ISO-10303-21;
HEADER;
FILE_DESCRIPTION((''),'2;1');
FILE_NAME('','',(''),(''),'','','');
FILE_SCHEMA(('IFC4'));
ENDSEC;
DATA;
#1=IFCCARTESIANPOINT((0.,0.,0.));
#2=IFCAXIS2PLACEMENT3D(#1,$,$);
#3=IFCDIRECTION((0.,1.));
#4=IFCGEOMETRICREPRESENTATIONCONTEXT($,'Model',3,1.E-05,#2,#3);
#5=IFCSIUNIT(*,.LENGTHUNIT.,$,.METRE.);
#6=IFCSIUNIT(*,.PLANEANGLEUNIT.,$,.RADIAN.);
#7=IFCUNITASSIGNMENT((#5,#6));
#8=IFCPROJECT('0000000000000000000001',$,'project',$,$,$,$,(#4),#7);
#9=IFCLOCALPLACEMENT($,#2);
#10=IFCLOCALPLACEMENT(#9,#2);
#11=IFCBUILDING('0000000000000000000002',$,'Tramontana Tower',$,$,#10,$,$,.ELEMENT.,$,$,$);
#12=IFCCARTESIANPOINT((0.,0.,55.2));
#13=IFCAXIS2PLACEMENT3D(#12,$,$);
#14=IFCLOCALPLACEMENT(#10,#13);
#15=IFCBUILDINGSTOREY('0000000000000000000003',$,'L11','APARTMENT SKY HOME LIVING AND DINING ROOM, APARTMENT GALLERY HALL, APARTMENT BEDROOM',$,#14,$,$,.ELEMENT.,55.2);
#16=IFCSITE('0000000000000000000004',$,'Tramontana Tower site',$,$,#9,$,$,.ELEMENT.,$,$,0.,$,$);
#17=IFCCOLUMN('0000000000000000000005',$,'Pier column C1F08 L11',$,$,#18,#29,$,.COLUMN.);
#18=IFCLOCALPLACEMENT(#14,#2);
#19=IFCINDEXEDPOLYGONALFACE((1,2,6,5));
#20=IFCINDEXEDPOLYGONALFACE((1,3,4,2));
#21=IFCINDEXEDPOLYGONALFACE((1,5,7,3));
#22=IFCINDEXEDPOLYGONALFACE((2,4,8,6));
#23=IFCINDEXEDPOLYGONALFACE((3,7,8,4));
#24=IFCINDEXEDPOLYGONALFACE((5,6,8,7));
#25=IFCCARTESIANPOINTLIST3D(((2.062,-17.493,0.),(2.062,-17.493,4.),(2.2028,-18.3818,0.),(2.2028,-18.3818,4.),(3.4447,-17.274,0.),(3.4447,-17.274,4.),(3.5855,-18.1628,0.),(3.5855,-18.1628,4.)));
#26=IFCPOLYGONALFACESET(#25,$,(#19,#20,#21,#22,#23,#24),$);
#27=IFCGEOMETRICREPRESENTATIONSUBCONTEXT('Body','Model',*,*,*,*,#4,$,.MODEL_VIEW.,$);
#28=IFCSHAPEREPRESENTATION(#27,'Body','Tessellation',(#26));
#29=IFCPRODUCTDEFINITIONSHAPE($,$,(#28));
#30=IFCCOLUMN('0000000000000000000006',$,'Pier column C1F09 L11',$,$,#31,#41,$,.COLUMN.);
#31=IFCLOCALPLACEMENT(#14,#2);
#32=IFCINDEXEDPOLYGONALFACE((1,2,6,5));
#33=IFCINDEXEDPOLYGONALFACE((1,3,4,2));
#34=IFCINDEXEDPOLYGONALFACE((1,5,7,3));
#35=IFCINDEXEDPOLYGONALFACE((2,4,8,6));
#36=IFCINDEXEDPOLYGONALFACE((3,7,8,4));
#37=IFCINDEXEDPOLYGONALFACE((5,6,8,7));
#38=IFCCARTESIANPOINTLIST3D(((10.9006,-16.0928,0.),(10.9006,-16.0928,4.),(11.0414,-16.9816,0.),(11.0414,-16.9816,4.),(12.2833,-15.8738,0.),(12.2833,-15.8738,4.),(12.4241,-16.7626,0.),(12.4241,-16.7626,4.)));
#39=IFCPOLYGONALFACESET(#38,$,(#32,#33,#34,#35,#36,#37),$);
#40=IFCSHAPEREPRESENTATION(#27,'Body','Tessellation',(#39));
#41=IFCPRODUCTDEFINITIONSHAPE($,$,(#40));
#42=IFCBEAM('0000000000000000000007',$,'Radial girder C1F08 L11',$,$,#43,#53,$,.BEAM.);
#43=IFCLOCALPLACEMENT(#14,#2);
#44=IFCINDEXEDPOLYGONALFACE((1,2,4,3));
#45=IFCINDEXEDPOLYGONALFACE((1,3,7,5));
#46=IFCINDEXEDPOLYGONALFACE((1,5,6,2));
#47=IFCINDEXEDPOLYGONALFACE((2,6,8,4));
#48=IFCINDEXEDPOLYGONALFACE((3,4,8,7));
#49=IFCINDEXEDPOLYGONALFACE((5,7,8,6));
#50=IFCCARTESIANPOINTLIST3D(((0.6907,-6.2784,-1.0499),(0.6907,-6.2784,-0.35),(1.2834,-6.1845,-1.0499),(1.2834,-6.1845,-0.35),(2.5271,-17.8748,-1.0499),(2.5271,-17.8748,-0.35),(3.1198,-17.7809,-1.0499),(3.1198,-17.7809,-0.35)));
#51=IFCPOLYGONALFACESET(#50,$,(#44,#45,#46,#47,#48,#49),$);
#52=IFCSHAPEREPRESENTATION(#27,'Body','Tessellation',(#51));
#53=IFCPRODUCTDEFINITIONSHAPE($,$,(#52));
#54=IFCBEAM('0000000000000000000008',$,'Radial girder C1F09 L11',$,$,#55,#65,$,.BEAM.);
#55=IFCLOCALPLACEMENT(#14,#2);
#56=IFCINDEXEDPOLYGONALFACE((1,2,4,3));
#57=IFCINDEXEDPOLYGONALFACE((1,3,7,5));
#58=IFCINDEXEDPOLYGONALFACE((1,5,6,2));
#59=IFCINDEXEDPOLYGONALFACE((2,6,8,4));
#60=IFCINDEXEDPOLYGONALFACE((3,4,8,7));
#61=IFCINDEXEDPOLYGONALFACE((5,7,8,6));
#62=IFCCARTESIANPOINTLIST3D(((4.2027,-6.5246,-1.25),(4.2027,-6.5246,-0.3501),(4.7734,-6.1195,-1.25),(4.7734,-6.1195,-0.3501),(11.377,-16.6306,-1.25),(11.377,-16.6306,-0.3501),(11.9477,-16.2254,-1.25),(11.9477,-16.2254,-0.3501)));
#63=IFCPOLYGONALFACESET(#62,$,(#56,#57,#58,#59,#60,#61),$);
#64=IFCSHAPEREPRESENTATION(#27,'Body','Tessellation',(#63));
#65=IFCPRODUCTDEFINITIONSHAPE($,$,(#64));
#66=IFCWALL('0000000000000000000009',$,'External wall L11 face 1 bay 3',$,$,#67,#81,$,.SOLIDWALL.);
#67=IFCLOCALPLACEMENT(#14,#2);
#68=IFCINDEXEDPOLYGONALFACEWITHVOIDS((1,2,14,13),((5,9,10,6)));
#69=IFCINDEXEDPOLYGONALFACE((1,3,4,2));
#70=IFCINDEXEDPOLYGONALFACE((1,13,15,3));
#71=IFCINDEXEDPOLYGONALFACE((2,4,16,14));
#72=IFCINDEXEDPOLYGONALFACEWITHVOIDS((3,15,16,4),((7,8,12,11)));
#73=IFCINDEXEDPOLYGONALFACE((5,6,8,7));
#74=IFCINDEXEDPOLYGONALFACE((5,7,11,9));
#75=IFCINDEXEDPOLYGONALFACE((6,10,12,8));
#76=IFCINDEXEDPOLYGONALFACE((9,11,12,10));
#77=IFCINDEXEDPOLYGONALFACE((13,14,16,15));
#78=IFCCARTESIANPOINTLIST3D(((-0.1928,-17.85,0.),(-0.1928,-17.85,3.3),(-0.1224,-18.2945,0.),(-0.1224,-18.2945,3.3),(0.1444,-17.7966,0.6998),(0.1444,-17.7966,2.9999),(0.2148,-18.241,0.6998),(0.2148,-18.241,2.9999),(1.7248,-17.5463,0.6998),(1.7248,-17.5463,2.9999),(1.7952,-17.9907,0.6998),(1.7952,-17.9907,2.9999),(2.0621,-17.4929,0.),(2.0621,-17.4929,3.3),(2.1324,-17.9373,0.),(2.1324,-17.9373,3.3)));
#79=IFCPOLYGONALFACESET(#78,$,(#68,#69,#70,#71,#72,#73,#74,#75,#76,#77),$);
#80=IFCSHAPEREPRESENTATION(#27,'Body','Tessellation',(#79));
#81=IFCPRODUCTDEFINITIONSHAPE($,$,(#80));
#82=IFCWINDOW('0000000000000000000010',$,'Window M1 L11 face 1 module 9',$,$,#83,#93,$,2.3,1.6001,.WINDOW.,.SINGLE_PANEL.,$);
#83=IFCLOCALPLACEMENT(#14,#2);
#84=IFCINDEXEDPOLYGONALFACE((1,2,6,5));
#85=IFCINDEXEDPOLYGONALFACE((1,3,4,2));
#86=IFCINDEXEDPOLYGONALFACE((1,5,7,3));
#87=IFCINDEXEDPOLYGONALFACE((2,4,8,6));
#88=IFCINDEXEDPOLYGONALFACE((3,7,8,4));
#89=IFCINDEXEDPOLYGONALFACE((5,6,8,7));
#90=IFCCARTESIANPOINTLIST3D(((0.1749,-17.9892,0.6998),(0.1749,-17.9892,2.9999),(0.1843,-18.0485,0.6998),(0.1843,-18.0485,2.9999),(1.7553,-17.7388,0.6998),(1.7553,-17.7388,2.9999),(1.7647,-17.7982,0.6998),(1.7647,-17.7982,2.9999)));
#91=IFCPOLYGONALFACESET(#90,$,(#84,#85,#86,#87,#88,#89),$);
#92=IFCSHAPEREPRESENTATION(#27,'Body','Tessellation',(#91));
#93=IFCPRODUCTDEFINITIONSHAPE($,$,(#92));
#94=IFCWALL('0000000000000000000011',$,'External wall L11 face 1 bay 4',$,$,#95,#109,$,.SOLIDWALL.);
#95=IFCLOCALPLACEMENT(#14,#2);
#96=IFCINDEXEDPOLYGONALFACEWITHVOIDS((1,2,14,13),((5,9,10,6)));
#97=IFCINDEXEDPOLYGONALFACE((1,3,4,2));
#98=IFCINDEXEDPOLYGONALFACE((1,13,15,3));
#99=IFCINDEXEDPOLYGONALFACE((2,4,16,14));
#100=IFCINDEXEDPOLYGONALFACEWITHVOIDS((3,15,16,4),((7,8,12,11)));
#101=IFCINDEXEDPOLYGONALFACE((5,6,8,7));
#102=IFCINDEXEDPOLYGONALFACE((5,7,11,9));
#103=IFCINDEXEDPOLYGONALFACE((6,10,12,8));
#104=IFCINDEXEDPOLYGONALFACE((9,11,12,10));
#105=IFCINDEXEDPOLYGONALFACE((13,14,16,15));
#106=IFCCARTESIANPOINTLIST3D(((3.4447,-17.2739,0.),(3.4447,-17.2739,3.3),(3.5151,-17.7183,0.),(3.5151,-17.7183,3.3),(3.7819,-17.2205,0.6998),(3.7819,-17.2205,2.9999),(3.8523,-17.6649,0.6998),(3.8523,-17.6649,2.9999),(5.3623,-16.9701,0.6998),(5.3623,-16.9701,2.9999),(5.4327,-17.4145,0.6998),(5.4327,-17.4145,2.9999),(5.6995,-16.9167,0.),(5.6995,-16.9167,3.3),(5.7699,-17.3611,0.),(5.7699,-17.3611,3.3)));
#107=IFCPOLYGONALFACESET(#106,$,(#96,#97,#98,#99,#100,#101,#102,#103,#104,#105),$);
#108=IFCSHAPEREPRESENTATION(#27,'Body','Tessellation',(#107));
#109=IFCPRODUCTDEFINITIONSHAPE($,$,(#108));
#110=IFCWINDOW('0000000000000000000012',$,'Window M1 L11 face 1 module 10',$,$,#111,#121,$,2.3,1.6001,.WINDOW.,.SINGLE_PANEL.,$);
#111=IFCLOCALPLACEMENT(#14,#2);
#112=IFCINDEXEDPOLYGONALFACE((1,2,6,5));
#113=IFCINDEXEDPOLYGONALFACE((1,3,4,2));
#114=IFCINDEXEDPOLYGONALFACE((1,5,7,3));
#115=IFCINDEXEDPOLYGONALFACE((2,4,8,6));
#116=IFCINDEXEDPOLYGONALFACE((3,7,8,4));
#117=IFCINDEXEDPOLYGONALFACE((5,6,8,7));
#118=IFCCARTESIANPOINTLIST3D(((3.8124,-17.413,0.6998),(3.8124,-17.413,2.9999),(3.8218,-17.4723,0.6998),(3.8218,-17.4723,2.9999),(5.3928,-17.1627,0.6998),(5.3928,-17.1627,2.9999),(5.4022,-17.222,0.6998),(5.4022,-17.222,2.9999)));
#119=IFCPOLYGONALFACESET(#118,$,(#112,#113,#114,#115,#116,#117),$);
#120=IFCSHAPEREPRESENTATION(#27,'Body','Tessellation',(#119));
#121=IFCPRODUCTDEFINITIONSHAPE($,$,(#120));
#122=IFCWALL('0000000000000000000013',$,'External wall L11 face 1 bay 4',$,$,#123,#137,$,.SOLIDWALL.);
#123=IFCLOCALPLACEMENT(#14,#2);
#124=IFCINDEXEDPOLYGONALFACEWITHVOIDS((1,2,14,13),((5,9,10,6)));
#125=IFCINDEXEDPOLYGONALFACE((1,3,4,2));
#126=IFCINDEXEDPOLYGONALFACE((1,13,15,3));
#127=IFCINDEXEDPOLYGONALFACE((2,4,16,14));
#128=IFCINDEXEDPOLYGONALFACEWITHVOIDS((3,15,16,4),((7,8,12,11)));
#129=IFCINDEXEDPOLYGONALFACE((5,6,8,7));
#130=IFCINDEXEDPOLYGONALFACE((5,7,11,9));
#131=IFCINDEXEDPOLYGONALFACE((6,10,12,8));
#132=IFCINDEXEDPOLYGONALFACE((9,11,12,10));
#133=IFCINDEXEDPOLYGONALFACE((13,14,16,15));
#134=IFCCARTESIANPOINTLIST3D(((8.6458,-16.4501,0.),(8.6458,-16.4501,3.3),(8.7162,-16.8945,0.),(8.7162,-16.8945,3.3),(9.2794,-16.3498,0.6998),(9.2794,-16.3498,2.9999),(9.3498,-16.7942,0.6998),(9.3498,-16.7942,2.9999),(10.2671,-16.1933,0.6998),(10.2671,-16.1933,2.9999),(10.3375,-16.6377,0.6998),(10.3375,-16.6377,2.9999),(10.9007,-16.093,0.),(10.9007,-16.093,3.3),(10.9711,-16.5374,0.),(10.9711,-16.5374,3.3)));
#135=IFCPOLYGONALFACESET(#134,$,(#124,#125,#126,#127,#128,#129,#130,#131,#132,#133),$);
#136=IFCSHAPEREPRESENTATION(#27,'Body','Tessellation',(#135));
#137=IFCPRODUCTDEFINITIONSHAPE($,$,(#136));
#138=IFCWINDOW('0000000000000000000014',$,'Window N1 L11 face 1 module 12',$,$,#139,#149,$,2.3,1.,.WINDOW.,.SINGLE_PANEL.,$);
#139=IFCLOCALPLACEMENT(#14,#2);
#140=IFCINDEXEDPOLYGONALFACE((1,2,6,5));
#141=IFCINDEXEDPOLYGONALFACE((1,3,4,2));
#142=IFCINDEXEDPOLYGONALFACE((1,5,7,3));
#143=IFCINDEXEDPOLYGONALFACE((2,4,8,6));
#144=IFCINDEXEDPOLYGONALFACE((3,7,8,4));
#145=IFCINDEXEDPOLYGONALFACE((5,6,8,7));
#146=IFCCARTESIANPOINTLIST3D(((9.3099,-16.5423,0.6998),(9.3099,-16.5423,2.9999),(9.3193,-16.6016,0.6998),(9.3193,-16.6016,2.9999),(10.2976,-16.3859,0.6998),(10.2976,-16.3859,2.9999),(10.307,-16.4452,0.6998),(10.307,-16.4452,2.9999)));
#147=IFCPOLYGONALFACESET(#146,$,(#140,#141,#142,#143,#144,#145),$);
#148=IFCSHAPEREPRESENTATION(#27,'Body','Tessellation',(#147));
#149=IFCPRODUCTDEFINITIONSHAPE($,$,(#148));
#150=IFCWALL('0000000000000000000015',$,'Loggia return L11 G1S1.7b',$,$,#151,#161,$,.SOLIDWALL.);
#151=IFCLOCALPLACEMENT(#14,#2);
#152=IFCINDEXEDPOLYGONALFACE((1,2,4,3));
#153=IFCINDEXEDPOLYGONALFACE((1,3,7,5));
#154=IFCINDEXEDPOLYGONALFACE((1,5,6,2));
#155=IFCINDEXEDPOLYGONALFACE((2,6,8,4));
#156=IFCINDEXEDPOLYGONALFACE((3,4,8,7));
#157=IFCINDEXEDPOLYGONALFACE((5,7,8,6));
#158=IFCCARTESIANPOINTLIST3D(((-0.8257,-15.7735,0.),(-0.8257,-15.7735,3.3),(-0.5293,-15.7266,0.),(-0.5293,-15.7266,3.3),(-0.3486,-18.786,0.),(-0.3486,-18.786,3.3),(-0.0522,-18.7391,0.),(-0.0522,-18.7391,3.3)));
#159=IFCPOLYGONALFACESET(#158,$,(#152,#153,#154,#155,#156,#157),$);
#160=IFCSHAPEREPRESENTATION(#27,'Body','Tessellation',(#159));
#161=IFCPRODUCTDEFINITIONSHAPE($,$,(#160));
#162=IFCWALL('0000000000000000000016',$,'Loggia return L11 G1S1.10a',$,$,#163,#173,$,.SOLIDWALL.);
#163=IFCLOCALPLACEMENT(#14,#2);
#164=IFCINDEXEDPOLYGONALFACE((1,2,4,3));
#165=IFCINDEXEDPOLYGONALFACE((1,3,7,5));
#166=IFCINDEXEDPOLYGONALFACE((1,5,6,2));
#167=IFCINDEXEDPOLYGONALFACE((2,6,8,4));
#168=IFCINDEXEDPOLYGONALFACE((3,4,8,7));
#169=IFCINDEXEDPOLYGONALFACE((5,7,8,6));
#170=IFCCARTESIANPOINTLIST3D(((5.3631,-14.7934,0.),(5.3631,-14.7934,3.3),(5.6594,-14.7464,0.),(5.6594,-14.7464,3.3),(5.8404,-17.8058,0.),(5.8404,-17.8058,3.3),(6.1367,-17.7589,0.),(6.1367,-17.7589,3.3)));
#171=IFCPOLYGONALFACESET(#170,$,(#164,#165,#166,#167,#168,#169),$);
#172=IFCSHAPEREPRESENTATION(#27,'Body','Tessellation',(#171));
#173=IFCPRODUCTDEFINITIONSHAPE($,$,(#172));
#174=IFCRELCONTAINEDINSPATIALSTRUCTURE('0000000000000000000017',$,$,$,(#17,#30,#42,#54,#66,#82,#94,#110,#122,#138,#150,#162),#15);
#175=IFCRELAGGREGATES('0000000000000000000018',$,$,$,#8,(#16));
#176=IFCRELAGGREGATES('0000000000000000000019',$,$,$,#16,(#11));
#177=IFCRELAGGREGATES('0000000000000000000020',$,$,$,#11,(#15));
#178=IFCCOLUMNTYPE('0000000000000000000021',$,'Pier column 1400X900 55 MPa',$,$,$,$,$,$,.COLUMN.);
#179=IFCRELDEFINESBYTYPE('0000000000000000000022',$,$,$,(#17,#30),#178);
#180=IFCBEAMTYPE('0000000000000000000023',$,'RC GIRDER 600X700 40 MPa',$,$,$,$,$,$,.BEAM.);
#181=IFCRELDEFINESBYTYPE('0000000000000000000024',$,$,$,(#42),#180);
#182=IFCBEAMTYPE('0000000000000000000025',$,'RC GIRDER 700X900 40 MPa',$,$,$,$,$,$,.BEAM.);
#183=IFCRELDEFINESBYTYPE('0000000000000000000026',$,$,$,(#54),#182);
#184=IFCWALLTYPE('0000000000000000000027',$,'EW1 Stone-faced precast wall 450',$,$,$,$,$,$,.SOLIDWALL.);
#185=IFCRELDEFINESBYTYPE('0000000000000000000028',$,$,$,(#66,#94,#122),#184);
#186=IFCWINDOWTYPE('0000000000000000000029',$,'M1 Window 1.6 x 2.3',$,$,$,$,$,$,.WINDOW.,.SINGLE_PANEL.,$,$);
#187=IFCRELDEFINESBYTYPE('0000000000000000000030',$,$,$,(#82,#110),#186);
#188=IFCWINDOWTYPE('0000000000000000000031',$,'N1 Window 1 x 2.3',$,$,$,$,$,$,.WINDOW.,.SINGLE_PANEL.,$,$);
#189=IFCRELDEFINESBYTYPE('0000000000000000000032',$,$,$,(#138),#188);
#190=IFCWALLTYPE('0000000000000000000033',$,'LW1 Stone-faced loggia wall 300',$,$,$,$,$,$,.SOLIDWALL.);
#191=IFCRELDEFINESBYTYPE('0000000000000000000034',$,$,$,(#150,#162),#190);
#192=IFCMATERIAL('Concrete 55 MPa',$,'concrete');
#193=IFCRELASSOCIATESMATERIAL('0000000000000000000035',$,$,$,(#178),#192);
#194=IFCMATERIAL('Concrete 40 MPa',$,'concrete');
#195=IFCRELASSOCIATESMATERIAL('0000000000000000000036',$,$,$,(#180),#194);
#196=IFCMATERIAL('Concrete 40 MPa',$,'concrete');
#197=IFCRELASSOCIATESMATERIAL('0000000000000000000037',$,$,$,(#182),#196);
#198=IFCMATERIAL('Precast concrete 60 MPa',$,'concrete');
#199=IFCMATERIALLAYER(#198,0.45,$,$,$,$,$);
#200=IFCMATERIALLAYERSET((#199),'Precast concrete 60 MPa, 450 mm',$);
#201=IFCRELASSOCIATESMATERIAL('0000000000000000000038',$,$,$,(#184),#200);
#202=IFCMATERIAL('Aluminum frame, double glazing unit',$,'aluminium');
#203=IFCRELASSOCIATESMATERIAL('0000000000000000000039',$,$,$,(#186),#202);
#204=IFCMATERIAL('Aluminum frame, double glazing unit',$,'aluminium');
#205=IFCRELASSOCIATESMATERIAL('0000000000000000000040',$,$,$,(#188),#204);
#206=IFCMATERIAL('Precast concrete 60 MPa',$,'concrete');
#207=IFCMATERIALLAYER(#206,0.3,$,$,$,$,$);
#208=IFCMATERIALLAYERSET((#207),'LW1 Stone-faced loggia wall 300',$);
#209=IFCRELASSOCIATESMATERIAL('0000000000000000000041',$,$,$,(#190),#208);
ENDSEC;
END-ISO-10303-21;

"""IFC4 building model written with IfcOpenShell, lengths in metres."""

from ifc_helpers import new_model, si_unit, direction, frame, frame_2d, origin, origin_2d, place, context, subcontext, project, spatial, rectangle, extrude, material, layer, layer_set, material_profile, profile_set, type_object, element, fill, save


model = new_model("IFC4")

# Units and contexts
model_context = context("Model", 3, precision=1e-05, world=origin(), true_north=direction((0.0, 1.0)))
body_context = subcontext(model_context, "Body", "Model", "MODEL_VIEW")
ifc_project = project(units=[si_unit("LENGTHUNIT", "METRE"), si_unit("PLANEANGLEUNIT", "RADIAN")], contexts=[model_context])

# Site, building, storey
site_placement = place(None, origin())
site = spatial("IfcSite", under=ifc_project, at=site_placement, Name="Tramontana Tower site", CompositionType="ELEMENT", RefElevation=0.0)
building_placement = place(site_placement, origin())
building = spatial("IfcBuilding", under=site, at=building_placement, Name="Tramontana Tower", CompositionType="ELEMENT")
storey_placement = place(building_placement, frame((0.0, 0.0, 55.2)))
storey = spatial("IfcBuildingStorey", under=building, at=storey_placement, Name="L11", Description="APARTMENT SKY HOME LIVING AND DINING ROOM, APARTMENT GALLERY HALL, APARTMENT BEDROOM", CompositionType="ELEMENT", Elevation=55.2)

# Columns
ifc_material_1 = material(Name="Concrete 55 MPa", Category="concrete")
ifc_material_profile_1 = material_profile(ifc_material_1, rectangle(XDim=1.3999, YDim=0.8999, at=origin_2d()), Name="Pier column 1400X900 55 MPa")
ifc_profile_set_1 = profile_set([ifc_material_profile_1], Name="Concrete 55 MPa")
column_type = type_object("IfcColumnType", Name="Pier column 1400X900 55 MPa", PredefinedType="COLUMN", material=ifc_profile_set_1)
for number, where, z_axis, x_axis, name in (
    (1, (2.8237, -17.8279, 0.0), (0.0, 0.0, 1.0), (0.987688, 0.156434, 0.0), "Pier column C1F08 L11"),
    (2, (11.6624, -16.4277, 0.0), (0.0, 0.0, 1.0), (0.987688, 0.156434, 0.0), "Pier column C1F09 L11"),
):
    element("IfcColumn", number, at=place(storey_placement, frame(where, z_axis=z_axis, x_axis=x_axis)), inside=storey, type_object=column_type, Name=name, PredefinedType="COLUMN", context=body_context, shape_type="SweptSolid", body=[
        extrude(rectangle(XDim=1.3999, YDim=0.8999, at=origin_2d()), origin(), (0.0, 0.0, 1.0), 4.0),
    ])

# Beams
ifc_material_2 = material(Name="Concrete 40 MPa", Category="concrete")
ifc_material_profile_2 = material_profile(ifc_material_2, rectangle(XDim=0.6001, YDim=0.7, at=origin_2d()), Name="RC GIRDER 600X700 40 MPa")
ifc_profile_set_2 = profile_set([ifc_material_profile_2], Name="Concrete 40 MPa")
beam_type_1 = type_object("IfcBeamType", Name="RC GIRDER 600X700 40 MPa", PredefinedType="BEAM", material=ifc_profile_set_2)
beam_1_placement = place(storey_placement, frame((2.8235, -17.8279, -0.7), z_axis=(-0.156412, 0.987692, 0.0), x_axis=(-0.987692, -0.156412, 0.0)))
element("IfcBeam", 3, at=beam_1_placement, inside=storey, type_object=beam_type_1, Name="Radial girder C1F08 L11", PredefinedType="BEAM", context=body_context, shape_type="SweptSolid", body=[
    extrude(rectangle(XDim=0.6001, YDim=0.7, at=origin_2d()), origin(), (0.0, 0.0, 1.0), 11.741),
])
ifc_material_3 = material(Name="Concrete 40 MPa", Category="concrete")
ifc_material_profile_3 = material_profile(ifc_material_3, rectangle(XDim=0.7, YDim=0.8999, at=origin_2d()), Name="RC GIRDER 700X900 40 MPa")
ifc_profile_set_3 = profile_set([ifc_material_profile_3], Name="Concrete 40 MPa")
beam_type_2 = type_object("IfcBeamType", Name="RC GIRDER 700X900 40 MPa", PredefinedType="BEAM", material=ifc_profile_set_3)
beam_2_placement = place(storey_placement, frame((11.6624, -16.428, -0.8), z_axis=(-0.578873, 0.815418, 0.0), x_axis=(-0.815418, -0.578873, 0.0)))
element("IfcBeam", 4, at=beam_2_placement, inside=storey, type_object=beam_type_2, Name="Radial girder C1F09 L11", PredefinedType="BEAM", context=body_context, shape_type="SweptSolid", body=[
    extrude(rectangle(XDim=0.7, YDim=0.8999, at=origin_2d()), origin(), (0.0, 0.0, 1.0), 12.3936),
])

# Walls, openings, windows
ifc_material_4 = material(Name="Precast concrete 60 MPa", Category="concrete")
ifc_layer_1 = layer(ifc_material_4, 0.45)
ifc_layer_set_1 = layer_set([ifc_layer_1], Name="Precast concrete 60 MPa, 450 mm")
wall_type_1 = type_object("IfcWallType", Name="EW1 Stone-faced precast wall 450", PredefinedType="SOLIDWALL", material=ifc_layer_set_1)
wall_1_placement = place(storey_placement, frame((-0.1577, -18.0723, 0.0), z_axis=(0.0, 0.0, 1.0), x_axis=(0.987686, 0.156451, 0.0)))
wall_1 = element("IfcWall", 5, at=wall_1_placement, inside=storey, type_object=wall_type_1, Name="External wall L11 face 1 bay 3", PredefinedType="SOLIDWALL", context=body_context, shape_type="SweptSolid", body=[
    extrude(rectangle(XDim=2.283, YDim=0.45, at=frame_2d((1.1416, 0.0))), origin(), (0.0, 0.0, 1.0), 3.3),
])
opening_1_placement = place(wall_1_placement, frame((0.3416, 0.0, 0.7)))
opening_1 = element("IfcOpeningElement", 6, at=opening_1_placement, cuts=wall_1, PredefinedType="OPENING", context=body_context, shape_type="SweptSolid", body=[
    extrude(rectangle(XDim=1.6001, YDim=2.3, at=frame_2d((0.8, 1.1499))), frame((0.0, 0.2349, 0.0), z_axis=(0.0, -1.0, 0.0), x_axis=(1.0, 0.0, 0.0)), (0.0, 0.0, 1.0), 0.47),
])
ifc_material_5 = material(Name="Aluminum frame, double glazing unit", Category="aluminium")
window_type_1 = type_object("IfcWindowType", Name="M1 Window 1.6 x 2.3", PartitioningType="SINGLE_PANEL", PredefinedType="WINDOW", material=ifc_material_5)
window_1_placement = place(opening_1_placement, origin())
window_1 = element("IfcWindow", 7, at=window_1_placement, inside=storey, type_object=window_type_1, Name="Window M1 L11 face 1 module 9", OverallHeight=2.3, OverallWidth=1.6001, PartitioningType="SINGLE_PANEL", PredefinedType="WINDOW", context=body_context, shape_type="SweptSolid", body=[
    extrude(rectangle(XDim=1.6001, YDim=2.3, at=frame_2d((0.8, 1.1499))), frame((0.0, 0.03, 0.0), z_axis=(0.0, -1.0, 0.0), x_axis=(1.0, 0.0, 0.0)), (0.0, 0.0, 1.0), 0.0601),
])
fill(opening_1, window_1)
wall_2_placement = place(storey_placement, frame((3.4797, -17.4961, 0.0), z_axis=(0.0, 0.0, 1.0), x_axis=(0.987686, 0.156451, 0.0)))
wall_2 = element("IfcWall", 8, at=wall_2_placement, inside=storey, type_object=wall_type_1, Name="External wall L11 face 1 bay 4", PredefinedType="SOLIDWALL", context=body_context, shape_type="SweptSolid", body=[
    extrude(rectangle(XDim=2.283, YDim=0.45, at=frame_2d((1.1416, 0.0))), origin(), (0.0, 0.0, 1.0), 3.3),
])
opening_2_placement = place(wall_2_placement, frame((0.3416, 0.0, 0.7)))
opening_2 = element("IfcOpeningElement", 9, at=opening_2_placement, cuts=wall_2, PredefinedType="OPENING", context=body_context, shape_type="SweptSolid", body=[
    extrude(rectangle(XDim=1.6001, YDim=2.3, at=frame_2d((0.8, 1.1499))), frame((0.0, 0.2349, 0.0), z_axis=(0.0, -1.0, 0.0), x_axis=(1.0, 0.0, 0.0)), (0.0, 0.0, 1.0), 0.47),
])
window_2_placement = place(opening_2_placement, origin())
window_2 = element("IfcWindow", 10, at=window_2_placement, inside=storey, type_object=window_type_1, Name="Window M1 L11 face 1 module 10", OverallHeight=2.3, OverallWidth=1.6001, PartitioningType="SINGLE_PANEL", PredefinedType="WINDOW", context=body_context, shape_type="SweptSolid", body=[
    extrude(rectangle(XDim=1.6001, YDim=2.3, at=frame_2d((0.8, 1.1499))), frame((0.0, 0.03, 0.0), z_axis=(0.0, -1.0, 0.0), x_axis=(1.0, 0.0, 0.0)), (0.0, 0.0, 1.0), 0.0601),
])
fill(opening_2, window_2)
wall_3_placement = place(storey_placement, frame((8.6809, -16.6724, 0.0), z_axis=(0.0, 0.0, 1.0), x_axis=(0.987686, 0.156451, 0.0)))
wall_3 = element("IfcWall", 11, at=wall_3_placement, inside=storey, type_object=wall_type_1, Name="External wall L11 face 1 bay 4", PredefinedType="SOLIDWALL", context=body_context, shape_type="SweptSolid", body=[
    extrude(rectangle(XDim=2.283, YDim=0.45, at=frame_2d((1.1416, 0.0))), origin(), (0.0, 0.0, 1.0), 3.3),
])
opening_3_placement = place(wall_3_placement, frame((0.6416, 0.0, 0.7)))
opening_3 = element("IfcOpeningElement", 12, at=opening_3_placement, cuts=wall_3, PredefinedType="OPENING", context=body_context, shape_type="SweptSolid", body=[
    extrude(rectangle(XDim=1.0, YDim=2.3, at=frame_2d((0.5, 1.1499))), frame((0.0, 0.2349, 0.0), z_axis=(0.0, -1.0, 0.0), x_axis=(1.0, 0.0, 0.0)), (0.0, 0.0, 1.0), 0.47),
])
ifc_material_6 = material(Name="Aluminum frame, double glazing unit", Category="aluminium")
window_type_2 = type_object("IfcWindowType", Name="N1 Window 1 x 2.3", PartitioningType="SINGLE_PANEL", PredefinedType="WINDOW", material=ifc_material_6)
window_3_placement = place(opening_3_placement, origin())
window_3 = element("IfcWindow", 13, at=window_3_placement, inside=storey, type_object=window_type_2, Name="Window N1 L11 face 1 module 12", OverallHeight=2.3, OverallWidth=1.0, PartitioningType="SINGLE_PANEL", PredefinedType="WINDOW", context=body_context, shape_type="SweptSolid", body=[
    extrude(rectangle(XDim=1.0, YDim=2.3, at=frame_2d((0.5, 1.1499))), frame((0.0, 0.03, 0.0), z_axis=(0.0, -1.0, 0.0), x_axis=(1.0, 0.0, 0.0)), (0.0, 0.0, 1.0), 0.0601),
])
fill(opening_3, window_3)

# Wall
ifc_material_7 = material(Name="Precast concrete 60 MPa", Category="concrete")
ifc_layer_2 = layer(ifc_material_7, 0.3)
ifc_layer_set_2 = layer_set([ifc_layer_2], Name="LW1 Stone-faced loggia wall 300")
wall_type_2 = type_object("IfcWallType", Name="LW1 Stone-faced loggia wall 300", PredefinedType="SOLIDWALL", material=ifc_layer_set_2)
wall_4_placement = place(storey_placement, frame((-0.2004, -18.7625, 0.0), z_axis=(0.0, 0.0, 1.0), x_axis=(-0.156411, 0.987692, 0.0)))
element("IfcWall", 14, at=wall_4_placement, inside=storey, type_object=wall_type_2, Name="Loggia return L11 G1S1.7b", PredefinedType="SOLIDWALL", context=body_context, shape_type="SweptSolid", body=[
    extrude(rectangle(XDim=3.05, YDim=0.3, at=frame_2d((1.5249, 0.0))), origin(), (0.0, 0.0, 1.0), 3.3),
])

# Wall
for number, where, z_axis, x_axis, name in (
    (15, (5.9885, -17.7822, 0.0), (0.0, 0.0, 1.0), (-0.156489, 0.98768, 0.0), "Loggia return L11 G1S1.10a"),
):
    element("IfcWall", number, at=place(storey_placement, frame(where, z_axis=z_axis, x_axis=x_axis)), inside=storey, type_object=wall_type_2, Name=name, PredefinedType="SOLIDWALL", context=body_context, shape_type="SweptSolid", body=[
        extrude(rectangle(XDim=3.05, YDim=0.3, at=frame_2d((1.5249, 0.0))), origin(), (0.0, 0.0, 1.0), 3.3),
    ])

save(model, "model.ifc")
